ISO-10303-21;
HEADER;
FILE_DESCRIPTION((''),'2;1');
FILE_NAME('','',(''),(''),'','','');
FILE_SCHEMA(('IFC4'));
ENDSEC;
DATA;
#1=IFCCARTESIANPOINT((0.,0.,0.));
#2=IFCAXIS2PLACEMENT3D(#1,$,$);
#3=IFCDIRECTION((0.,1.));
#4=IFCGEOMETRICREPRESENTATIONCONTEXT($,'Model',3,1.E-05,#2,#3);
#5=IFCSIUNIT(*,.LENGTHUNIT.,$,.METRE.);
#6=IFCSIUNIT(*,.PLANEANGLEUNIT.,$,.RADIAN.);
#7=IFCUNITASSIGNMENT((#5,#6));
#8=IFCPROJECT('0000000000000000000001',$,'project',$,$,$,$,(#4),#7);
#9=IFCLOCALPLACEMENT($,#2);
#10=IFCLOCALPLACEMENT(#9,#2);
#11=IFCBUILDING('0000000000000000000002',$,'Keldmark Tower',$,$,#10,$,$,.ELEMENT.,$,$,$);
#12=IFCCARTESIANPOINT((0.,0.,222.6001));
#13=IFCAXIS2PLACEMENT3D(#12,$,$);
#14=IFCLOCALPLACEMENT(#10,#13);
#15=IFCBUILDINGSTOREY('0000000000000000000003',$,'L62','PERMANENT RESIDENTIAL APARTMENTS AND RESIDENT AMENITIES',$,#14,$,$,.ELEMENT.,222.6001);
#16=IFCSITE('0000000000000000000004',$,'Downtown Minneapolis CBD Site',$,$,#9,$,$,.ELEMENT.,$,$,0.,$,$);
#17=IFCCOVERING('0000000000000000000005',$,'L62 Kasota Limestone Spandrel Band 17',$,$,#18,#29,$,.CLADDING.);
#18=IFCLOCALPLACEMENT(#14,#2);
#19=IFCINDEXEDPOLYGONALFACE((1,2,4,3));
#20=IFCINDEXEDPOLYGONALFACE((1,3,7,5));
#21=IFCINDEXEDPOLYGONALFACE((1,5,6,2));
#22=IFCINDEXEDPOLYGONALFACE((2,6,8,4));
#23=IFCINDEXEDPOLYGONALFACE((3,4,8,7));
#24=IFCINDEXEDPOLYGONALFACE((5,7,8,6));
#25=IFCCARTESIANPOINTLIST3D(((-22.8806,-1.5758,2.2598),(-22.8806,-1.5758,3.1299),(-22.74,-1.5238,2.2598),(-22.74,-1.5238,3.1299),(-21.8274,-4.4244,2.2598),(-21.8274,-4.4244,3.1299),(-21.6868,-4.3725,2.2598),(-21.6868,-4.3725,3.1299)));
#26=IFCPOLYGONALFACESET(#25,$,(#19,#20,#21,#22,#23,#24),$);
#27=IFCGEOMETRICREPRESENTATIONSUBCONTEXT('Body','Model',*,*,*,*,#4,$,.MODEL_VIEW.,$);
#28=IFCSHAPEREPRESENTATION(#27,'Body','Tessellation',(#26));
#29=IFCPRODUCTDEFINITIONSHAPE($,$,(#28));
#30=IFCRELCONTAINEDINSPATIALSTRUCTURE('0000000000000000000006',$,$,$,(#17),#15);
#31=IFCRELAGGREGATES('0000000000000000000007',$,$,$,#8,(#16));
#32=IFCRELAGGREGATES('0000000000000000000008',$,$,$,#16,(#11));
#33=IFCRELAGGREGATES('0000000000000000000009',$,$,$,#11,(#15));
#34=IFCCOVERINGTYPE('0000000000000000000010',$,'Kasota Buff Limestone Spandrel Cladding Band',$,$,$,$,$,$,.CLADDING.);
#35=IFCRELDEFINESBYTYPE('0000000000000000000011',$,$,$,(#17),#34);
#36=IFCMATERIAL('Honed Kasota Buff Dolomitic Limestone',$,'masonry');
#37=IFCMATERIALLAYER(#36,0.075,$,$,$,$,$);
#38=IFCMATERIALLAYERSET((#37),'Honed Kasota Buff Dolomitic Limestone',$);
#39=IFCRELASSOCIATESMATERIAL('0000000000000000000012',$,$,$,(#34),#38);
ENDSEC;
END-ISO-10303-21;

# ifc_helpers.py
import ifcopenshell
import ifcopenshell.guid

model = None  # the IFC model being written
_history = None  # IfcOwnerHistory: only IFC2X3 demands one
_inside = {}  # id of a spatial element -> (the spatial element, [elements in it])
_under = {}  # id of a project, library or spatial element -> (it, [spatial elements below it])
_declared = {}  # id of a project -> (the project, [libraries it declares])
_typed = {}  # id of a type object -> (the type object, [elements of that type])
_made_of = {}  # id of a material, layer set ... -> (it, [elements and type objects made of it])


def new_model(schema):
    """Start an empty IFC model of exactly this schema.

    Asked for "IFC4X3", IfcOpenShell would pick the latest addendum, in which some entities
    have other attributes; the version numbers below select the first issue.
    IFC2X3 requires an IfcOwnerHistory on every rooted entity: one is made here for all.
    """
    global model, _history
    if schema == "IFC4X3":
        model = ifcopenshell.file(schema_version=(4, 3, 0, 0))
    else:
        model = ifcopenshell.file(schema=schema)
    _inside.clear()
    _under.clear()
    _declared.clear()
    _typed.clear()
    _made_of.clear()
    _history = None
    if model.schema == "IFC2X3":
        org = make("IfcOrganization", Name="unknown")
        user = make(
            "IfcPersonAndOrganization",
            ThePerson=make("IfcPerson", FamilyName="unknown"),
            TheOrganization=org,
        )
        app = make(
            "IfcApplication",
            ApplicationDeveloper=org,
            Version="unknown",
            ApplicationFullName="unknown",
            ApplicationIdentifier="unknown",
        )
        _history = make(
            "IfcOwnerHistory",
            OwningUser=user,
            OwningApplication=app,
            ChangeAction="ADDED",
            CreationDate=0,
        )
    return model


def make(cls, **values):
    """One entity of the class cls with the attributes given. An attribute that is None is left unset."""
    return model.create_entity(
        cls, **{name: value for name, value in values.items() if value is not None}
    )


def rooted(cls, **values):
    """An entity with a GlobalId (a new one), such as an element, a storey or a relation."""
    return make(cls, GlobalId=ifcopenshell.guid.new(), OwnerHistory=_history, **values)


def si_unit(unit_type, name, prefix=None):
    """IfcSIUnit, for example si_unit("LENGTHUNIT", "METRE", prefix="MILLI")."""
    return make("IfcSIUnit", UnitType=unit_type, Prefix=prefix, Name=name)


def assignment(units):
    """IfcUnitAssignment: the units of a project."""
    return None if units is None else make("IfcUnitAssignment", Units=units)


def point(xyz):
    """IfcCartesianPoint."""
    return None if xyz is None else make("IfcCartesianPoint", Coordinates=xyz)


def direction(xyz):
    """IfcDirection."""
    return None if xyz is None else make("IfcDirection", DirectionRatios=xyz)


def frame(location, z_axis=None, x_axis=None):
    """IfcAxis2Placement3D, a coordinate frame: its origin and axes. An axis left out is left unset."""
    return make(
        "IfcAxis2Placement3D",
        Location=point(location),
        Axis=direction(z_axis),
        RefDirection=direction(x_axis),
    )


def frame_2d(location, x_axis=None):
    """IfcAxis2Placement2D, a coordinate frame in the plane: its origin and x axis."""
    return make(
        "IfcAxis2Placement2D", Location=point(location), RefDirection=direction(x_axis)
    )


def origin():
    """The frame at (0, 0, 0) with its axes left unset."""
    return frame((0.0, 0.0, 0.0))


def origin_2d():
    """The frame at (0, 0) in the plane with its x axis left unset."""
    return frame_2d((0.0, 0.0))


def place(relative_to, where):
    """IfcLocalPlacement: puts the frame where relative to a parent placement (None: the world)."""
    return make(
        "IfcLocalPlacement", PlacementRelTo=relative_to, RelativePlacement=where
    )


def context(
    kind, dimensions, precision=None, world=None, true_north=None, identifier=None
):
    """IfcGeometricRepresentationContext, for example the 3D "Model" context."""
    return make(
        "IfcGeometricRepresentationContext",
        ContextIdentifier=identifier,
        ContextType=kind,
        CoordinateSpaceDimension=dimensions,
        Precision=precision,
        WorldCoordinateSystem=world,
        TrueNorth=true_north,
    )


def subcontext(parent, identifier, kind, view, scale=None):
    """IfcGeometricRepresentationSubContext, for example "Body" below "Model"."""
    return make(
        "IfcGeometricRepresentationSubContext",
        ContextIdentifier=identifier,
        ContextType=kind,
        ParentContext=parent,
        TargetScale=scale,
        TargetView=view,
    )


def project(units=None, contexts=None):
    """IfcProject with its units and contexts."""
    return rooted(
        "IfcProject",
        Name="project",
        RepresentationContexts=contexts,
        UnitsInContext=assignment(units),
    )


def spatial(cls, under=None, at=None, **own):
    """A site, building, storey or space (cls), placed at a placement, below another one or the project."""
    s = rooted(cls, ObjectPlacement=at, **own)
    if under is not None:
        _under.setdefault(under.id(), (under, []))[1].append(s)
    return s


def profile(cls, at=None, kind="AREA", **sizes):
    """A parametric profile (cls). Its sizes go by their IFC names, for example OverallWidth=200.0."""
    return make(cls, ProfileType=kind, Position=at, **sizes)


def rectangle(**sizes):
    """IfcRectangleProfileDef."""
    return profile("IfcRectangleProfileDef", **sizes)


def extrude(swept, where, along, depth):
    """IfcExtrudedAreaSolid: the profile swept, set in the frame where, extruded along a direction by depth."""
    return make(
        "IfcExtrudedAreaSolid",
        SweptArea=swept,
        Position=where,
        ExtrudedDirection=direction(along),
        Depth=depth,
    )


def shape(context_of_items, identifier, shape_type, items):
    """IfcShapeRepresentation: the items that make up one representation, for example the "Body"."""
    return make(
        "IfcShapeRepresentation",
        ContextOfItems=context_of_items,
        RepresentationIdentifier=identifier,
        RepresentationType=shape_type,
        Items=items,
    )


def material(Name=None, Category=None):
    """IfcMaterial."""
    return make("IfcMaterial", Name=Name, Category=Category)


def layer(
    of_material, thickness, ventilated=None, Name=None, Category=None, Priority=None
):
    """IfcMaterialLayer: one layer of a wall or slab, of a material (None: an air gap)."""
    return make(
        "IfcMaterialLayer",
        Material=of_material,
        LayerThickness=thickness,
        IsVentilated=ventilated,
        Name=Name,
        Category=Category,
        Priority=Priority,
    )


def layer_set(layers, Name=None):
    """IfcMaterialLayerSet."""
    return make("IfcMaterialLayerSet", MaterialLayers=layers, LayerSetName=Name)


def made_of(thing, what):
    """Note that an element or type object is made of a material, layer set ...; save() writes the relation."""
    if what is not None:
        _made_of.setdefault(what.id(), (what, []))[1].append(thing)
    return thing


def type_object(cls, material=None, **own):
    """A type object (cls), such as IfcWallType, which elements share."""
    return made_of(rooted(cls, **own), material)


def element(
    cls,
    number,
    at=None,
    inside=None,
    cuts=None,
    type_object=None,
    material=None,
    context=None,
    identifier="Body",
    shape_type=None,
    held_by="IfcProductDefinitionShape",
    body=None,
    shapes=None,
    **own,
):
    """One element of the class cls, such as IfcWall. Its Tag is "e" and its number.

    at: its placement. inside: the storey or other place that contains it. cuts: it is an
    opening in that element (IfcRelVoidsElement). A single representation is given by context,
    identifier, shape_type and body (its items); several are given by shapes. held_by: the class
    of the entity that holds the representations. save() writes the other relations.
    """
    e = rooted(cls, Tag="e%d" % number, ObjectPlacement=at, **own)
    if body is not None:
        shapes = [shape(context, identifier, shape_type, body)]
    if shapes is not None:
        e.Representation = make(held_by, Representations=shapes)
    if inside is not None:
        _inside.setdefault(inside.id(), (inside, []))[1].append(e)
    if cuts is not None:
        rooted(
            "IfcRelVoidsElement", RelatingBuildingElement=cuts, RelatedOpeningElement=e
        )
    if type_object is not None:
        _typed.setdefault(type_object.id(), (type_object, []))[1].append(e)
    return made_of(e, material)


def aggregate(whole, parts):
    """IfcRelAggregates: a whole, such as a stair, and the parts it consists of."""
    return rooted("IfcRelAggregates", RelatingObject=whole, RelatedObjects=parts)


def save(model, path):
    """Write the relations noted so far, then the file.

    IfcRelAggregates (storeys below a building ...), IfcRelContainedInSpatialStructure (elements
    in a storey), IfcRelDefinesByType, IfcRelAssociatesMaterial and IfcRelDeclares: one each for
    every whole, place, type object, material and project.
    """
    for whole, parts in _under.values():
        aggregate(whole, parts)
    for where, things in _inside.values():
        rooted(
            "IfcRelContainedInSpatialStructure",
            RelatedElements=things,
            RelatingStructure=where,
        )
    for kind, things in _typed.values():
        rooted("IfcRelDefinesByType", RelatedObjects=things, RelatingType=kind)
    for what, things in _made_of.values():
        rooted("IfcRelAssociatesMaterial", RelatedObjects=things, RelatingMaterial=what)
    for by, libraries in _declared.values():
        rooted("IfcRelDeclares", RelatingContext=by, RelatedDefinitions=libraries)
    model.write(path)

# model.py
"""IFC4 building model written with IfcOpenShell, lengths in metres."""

from ifc_helpers import new_model, si_unit, direction, frame, origin, origin_2d, place, context, subcontext, project, spatial, rectangle, extrude, material, layer, layer_set, type_object, element, save


model = new_model("IFC4")

# Units and contexts
model_context = context("Model", 3, precision=1e-05, world=origin(), true_north=direction((0.0, 1.0)))
body_context = subcontext(model_context, "Body", "Model", "MODEL_VIEW")
ifc_project = project(units=[si_unit("LENGTHUNIT", "METRE"), si_unit("PLANEANGLEUNIT", "RADIAN")], contexts=[model_context])

# Site, building, storey
site_placement = place(None, origin())
site = spatial("IfcSite", under=ifc_project, at=site_placement, Name="Downtown Minneapolis CBD Site", CompositionType="ELEMENT", RefElevation=0.0)
building_placement = place(site_placement, origin())
building = spatial("IfcBuilding", under=site, at=building_placement, Name="Keldmark Tower", CompositionType="ELEMENT")
storey_placement = place(building_placement, frame((0.0, 0.0, 222.6001)))
storey = spatial("IfcBuildingStorey", under=building, at=storey_placement, Name="L62", Description="PERMANENT RESIDENTIAL APARTMENTS AND RESIDENT AMENITIES", CompositionType="ELEMENT", Elevation=222.6001)

# Covering
ifc_material_1 = material(Name="Honed Kasota Buff Dolomitic Limestone", Category="masonry")
ifc_layer_1 = layer(ifc_material_1, 0.075)
ifc_layer_set_1 = layer_set([ifc_layer_1], Name="Honed Kasota Buff Dolomitic Limestone")
covering_type = type_object("IfcCoveringType", Name="Kasota Buff Limestone Spandrel Cladding Band", PredefinedType="CLADDING", material=ifc_layer_set_1)
covering_placement = place(storey_placement, frame((-22.2837, -2.9741, 2.2598), z_axis=(0.0, 0.0, 1.0), x_axis=(0.346756, -0.937956, 0.0)))
element("IfcCovering", 1, at=covering_placement, inside=storey, type_object=covering_type, Name="L62 Kasota Limestone Spandrel Band 17", PredefinedType="CLADDING", context=body_context, shape_type="SweptSolid", body=[
    extrude(rectangle(XDim=3.0371, YDim=0.1499, at=origin_2d()), origin(), (0.0, 0.0, 1.0), 0.8701),
])

save(model, "model.ifc")
